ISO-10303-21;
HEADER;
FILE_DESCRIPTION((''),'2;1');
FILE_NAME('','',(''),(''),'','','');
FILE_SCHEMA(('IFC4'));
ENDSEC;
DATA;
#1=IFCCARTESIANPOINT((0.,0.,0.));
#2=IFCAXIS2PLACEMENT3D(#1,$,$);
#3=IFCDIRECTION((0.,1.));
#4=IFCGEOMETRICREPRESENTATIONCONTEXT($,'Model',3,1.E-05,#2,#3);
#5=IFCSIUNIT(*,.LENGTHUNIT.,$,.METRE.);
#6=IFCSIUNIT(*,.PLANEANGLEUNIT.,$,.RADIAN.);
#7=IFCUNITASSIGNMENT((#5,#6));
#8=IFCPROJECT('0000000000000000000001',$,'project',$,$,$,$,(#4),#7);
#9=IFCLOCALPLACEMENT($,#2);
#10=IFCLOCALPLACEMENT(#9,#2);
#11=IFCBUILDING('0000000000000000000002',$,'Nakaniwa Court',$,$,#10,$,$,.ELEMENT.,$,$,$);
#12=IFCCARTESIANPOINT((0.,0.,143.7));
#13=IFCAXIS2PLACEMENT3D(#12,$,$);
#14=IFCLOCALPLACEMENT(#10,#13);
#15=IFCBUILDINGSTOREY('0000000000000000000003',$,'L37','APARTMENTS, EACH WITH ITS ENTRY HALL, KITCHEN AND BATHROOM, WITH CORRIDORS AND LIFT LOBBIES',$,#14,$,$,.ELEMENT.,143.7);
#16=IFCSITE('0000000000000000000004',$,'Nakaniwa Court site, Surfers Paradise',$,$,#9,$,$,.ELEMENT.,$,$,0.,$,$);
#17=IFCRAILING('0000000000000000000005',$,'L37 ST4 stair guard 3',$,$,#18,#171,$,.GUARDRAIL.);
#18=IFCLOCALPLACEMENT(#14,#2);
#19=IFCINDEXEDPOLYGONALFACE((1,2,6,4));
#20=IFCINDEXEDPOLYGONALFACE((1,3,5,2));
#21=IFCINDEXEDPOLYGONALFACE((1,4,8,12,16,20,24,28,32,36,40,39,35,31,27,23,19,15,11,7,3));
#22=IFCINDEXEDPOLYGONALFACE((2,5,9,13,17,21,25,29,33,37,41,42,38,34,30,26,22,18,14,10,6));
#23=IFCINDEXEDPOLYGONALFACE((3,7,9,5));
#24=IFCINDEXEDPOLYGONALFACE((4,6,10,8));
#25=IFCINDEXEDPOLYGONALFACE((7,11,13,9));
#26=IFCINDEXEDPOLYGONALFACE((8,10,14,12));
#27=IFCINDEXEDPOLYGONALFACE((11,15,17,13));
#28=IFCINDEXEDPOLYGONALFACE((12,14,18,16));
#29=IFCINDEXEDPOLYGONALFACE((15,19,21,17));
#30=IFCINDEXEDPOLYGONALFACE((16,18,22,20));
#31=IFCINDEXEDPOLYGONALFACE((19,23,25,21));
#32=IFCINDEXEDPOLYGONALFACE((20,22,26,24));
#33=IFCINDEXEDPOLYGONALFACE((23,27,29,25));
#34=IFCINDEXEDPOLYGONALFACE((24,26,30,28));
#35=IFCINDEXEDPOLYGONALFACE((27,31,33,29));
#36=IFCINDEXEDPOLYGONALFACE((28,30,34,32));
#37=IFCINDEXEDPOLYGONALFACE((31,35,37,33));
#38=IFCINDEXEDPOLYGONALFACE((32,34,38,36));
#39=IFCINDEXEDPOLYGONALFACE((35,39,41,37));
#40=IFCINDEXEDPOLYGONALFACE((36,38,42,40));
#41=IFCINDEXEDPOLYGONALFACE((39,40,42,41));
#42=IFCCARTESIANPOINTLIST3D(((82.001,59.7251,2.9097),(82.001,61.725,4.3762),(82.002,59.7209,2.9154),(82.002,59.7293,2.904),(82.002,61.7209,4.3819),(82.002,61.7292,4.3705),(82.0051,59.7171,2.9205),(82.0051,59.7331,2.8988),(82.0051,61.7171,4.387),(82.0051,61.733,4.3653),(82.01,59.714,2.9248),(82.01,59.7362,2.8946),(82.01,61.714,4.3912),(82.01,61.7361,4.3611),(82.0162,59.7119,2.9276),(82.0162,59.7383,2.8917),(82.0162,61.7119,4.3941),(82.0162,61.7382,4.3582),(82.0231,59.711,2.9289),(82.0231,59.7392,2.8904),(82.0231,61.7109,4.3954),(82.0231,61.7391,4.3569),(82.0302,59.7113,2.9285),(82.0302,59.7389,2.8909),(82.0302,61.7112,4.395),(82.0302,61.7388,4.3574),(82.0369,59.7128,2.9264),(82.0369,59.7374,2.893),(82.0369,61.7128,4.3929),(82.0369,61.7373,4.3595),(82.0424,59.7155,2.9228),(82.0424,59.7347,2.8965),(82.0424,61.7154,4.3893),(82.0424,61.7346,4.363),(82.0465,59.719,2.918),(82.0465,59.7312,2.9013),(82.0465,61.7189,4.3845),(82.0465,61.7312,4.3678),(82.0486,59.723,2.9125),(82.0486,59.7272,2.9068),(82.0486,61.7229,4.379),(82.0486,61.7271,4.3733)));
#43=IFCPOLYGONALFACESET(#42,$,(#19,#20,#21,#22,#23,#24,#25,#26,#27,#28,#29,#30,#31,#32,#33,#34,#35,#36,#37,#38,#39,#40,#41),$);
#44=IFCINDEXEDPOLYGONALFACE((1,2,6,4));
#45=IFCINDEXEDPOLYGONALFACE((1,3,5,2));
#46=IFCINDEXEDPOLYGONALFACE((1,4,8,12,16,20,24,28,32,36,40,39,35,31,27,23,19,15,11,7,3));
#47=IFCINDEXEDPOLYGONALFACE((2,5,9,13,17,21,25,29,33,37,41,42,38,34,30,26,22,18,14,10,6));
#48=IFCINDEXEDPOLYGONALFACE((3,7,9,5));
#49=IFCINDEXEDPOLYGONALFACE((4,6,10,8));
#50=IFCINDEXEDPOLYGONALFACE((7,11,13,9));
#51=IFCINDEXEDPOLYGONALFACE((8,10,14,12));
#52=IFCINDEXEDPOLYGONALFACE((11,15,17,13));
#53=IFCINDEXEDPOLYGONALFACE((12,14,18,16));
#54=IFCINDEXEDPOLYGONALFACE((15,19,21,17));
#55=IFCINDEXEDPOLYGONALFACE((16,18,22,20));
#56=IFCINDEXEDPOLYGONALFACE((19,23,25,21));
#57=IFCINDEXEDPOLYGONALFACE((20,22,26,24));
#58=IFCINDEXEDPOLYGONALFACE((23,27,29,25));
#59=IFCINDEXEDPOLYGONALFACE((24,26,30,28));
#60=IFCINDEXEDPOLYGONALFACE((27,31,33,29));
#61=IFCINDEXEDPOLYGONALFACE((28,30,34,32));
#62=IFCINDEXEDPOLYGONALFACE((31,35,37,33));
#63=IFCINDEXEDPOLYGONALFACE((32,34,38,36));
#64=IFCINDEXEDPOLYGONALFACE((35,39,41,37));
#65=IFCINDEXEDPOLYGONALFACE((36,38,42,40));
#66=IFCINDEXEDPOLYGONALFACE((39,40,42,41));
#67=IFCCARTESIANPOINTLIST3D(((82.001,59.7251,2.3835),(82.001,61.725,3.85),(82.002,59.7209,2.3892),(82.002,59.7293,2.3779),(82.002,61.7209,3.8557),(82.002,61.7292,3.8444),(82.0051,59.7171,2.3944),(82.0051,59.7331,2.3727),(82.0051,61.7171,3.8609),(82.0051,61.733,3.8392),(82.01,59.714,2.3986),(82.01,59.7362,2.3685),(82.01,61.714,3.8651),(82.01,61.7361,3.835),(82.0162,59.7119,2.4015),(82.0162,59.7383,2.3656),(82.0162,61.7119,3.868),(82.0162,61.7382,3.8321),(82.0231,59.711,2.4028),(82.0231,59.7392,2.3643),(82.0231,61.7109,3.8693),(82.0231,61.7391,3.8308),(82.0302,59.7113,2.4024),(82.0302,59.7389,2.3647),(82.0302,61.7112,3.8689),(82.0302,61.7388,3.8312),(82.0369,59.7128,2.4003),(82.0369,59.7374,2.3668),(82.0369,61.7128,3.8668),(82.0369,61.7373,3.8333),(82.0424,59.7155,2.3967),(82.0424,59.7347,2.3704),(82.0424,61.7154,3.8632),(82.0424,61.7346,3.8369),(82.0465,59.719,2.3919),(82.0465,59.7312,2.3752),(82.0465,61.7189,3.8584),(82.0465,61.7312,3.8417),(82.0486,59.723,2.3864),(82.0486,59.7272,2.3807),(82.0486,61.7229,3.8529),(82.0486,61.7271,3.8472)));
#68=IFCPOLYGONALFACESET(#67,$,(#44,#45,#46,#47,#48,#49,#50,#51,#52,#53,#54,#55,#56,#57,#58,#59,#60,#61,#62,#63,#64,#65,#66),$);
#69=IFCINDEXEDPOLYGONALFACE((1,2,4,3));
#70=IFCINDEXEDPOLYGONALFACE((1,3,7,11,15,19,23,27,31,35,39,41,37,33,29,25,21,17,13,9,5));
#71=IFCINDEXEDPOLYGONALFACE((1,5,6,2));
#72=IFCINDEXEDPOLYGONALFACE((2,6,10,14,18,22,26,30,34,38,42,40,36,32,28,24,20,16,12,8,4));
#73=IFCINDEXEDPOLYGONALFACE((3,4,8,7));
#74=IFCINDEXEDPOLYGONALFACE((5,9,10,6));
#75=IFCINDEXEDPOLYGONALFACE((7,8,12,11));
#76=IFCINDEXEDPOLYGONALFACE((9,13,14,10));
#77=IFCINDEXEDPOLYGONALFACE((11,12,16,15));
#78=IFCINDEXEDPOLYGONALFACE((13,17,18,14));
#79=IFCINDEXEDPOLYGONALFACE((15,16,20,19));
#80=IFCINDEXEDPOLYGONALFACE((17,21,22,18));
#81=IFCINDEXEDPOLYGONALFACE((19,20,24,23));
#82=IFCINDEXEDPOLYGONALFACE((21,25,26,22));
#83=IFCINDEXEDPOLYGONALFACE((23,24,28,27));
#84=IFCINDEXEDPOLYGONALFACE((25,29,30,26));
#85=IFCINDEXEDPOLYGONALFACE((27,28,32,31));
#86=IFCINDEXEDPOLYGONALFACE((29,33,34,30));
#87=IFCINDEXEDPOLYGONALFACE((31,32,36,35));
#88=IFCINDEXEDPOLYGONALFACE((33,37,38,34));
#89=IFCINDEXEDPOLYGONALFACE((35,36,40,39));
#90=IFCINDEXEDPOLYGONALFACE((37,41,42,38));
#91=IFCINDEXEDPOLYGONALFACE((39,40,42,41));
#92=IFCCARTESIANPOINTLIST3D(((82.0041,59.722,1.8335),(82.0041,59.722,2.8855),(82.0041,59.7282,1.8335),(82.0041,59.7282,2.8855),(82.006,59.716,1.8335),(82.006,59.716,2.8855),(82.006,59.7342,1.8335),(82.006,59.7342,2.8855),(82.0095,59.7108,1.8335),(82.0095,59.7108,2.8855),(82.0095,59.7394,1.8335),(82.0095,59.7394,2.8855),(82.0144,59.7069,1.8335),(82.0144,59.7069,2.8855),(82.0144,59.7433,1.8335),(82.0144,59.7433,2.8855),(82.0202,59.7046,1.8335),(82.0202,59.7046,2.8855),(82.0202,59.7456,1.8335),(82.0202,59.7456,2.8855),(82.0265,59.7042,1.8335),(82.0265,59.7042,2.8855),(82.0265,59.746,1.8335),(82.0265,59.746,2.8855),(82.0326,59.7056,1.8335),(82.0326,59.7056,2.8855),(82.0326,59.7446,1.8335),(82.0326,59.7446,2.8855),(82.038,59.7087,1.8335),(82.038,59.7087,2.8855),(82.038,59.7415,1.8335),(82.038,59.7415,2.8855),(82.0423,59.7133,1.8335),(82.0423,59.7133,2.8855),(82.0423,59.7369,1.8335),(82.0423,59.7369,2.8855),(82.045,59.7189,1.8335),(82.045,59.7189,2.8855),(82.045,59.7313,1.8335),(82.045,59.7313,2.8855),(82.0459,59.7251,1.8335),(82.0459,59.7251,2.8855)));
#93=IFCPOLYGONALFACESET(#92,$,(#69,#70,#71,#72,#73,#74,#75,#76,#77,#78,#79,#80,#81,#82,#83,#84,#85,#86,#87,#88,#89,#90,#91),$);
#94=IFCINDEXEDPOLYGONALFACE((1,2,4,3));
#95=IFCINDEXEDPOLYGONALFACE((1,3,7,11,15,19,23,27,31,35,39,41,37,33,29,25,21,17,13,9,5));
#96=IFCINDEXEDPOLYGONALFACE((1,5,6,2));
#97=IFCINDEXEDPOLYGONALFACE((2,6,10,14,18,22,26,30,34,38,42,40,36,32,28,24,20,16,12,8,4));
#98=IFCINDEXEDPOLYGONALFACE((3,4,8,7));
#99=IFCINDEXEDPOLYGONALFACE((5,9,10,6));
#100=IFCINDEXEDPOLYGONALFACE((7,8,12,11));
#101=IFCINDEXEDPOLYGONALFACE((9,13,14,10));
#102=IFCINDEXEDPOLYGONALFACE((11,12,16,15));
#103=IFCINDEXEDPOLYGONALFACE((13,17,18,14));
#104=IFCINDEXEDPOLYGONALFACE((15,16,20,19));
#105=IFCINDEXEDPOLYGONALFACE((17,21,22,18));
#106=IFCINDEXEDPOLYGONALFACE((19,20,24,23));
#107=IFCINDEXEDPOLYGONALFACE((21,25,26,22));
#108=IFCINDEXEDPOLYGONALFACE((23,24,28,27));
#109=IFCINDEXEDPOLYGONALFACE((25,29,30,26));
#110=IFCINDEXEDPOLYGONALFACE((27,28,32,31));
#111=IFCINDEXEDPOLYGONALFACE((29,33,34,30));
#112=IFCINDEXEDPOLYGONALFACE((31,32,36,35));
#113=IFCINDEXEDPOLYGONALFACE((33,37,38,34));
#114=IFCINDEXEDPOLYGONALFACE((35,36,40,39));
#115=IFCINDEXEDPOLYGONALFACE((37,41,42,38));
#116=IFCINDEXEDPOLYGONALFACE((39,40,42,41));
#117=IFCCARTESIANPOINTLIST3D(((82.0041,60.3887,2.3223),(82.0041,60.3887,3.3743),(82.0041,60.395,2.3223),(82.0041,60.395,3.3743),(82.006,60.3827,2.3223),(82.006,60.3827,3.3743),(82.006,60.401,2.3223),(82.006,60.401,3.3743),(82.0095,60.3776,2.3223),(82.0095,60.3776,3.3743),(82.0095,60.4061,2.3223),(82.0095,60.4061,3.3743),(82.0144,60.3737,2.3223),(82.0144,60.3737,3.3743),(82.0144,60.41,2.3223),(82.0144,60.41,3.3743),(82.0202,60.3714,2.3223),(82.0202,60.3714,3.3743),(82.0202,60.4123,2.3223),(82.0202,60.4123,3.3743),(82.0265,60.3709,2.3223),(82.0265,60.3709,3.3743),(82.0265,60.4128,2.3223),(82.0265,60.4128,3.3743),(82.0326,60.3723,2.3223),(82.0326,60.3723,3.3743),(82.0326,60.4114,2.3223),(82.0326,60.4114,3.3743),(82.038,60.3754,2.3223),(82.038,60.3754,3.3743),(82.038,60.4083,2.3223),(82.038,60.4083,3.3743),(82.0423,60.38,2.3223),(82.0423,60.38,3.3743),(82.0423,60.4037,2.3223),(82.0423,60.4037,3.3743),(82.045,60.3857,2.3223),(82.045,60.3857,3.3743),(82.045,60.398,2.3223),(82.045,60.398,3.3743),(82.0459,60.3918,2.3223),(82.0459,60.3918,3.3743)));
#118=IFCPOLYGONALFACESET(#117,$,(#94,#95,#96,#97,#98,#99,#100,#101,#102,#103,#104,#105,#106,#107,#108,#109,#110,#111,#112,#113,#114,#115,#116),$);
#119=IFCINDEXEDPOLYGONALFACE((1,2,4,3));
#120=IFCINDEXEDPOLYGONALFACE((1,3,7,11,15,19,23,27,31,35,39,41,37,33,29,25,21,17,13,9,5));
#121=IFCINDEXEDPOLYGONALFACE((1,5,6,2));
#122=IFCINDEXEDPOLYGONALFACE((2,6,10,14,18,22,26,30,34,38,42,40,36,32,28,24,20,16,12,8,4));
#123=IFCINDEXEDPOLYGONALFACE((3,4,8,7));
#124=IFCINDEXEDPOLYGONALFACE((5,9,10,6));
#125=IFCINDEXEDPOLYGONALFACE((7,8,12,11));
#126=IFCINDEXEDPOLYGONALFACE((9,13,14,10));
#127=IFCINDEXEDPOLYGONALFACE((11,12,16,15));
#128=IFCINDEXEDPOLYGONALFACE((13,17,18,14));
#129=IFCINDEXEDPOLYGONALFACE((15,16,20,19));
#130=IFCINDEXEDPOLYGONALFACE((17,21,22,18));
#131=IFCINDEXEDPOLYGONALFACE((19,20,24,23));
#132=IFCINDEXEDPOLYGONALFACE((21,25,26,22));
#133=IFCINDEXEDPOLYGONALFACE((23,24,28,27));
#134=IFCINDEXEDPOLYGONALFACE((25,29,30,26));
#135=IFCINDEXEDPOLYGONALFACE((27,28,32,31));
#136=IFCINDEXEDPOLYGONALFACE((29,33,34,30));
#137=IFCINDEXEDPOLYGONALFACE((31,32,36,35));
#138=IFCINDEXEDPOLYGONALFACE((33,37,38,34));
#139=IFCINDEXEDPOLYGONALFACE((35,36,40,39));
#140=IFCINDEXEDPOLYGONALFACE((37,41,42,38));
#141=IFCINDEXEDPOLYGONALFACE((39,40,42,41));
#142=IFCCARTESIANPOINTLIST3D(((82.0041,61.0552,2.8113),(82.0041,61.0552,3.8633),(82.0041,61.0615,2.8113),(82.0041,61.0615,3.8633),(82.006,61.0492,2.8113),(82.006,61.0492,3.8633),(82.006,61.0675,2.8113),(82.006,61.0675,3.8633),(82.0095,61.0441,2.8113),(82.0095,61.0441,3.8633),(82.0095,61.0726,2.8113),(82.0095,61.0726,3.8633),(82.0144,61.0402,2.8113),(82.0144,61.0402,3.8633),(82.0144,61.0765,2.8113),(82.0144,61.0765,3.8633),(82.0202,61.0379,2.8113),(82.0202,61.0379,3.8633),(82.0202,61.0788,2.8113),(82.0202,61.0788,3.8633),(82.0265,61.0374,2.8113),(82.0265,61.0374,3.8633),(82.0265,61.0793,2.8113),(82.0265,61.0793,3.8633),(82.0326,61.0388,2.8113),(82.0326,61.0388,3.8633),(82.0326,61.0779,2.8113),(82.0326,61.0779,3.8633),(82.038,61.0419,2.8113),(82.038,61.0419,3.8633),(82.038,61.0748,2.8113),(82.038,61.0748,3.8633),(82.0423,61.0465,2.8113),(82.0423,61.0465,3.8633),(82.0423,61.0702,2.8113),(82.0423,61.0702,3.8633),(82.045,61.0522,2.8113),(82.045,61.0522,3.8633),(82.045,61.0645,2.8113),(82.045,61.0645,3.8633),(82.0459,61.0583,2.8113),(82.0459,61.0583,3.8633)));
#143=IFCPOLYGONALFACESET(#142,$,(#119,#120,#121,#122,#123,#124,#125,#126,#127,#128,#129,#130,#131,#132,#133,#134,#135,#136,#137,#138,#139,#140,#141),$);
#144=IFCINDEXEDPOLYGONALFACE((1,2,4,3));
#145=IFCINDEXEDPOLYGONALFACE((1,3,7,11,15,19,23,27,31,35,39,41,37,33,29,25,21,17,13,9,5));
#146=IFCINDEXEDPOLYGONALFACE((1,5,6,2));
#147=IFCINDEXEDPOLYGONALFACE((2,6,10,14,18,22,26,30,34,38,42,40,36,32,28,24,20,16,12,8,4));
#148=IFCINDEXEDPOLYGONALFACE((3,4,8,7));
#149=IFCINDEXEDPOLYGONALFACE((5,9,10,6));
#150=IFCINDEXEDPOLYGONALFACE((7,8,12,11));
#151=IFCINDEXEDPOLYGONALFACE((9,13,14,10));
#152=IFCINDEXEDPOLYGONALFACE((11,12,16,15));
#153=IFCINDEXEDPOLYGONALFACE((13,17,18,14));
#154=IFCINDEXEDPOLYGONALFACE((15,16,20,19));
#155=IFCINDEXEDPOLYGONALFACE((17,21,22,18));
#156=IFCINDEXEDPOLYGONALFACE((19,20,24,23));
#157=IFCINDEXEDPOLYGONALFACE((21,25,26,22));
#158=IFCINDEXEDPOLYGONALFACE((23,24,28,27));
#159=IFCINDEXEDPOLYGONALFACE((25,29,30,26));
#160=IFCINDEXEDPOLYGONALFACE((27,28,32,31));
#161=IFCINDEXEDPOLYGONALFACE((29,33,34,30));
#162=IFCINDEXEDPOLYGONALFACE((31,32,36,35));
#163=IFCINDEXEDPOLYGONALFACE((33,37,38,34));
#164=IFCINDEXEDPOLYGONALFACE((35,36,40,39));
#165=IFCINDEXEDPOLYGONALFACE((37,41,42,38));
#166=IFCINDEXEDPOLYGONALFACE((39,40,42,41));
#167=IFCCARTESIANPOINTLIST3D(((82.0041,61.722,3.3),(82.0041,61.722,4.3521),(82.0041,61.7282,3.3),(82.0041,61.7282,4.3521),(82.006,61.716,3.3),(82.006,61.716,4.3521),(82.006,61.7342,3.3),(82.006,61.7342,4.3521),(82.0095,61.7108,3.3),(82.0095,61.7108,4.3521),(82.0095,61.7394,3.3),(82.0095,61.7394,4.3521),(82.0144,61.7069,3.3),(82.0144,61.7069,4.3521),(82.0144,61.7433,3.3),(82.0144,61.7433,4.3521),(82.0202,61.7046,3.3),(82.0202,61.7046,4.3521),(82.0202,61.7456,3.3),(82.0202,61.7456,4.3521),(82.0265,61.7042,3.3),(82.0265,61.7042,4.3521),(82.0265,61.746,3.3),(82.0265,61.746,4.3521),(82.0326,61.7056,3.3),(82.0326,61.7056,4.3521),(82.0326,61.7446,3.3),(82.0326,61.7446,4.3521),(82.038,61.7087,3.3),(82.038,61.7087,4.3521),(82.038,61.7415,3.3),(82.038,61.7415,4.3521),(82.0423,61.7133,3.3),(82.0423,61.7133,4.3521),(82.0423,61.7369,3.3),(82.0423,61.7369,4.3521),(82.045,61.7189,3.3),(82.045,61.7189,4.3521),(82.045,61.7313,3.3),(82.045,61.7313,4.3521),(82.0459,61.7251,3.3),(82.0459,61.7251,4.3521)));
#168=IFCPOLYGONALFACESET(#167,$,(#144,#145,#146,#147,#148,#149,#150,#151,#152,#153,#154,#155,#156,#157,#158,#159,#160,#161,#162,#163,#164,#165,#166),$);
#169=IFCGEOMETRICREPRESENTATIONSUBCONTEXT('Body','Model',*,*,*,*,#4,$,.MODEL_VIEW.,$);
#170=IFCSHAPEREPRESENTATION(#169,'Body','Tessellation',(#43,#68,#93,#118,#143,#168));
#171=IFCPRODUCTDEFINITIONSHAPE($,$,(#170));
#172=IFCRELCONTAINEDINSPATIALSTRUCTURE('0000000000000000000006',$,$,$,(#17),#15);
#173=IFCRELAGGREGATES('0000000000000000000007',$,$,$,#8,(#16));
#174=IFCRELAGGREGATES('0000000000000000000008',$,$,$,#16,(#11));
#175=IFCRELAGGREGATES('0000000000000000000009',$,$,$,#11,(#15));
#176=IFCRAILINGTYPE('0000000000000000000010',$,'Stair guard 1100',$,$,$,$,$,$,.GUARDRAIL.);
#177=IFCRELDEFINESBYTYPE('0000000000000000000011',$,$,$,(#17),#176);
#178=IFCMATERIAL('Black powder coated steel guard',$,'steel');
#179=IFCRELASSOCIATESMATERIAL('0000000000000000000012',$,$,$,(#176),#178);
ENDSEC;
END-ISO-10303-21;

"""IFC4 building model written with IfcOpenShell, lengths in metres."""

from ifc_helpers import new_model, si_unit, direction, frame, origin, origin_2d, place, context, subcontext, project, spatial, circle, extrude, material, type_object, element, save


model = new_model("IFC4")

# Units and contexts
model_context = context("Model", 3, precision=1e-05, world=origin(), true_north=direction((0.0, 1.0)))
body_context = subcontext(model_context, "Body", "Model", "MODEL_VIEW")
ifc_project = project(units=[si_unit("LENGTHUNIT", "METRE"), si_unit("PLANEANGLEUNIT", "RADIAN")], contexts=[model_context])

# Site, building, storey
site_placement = place(None, origin())
site = spatial("IfcSite", under=ifc_project, at=site_placement, Name="Nakaniwa Court site, Surfers Paradise", CompositionType="ELEMENT", RefElevation=0.0)
building_placement = place(site_placement, origin())
building = spatial("IfcBuilding", under=site, at=building_placement, Name="Nakaniwa Court", CompositionType="ELEMENT")
storey_placement = place(building_placement, frame((0.0, 0.0, 143.7)))
storey = spatial("IfcBuildingStorey", under=building, at=storey_placement, Name="L37", Description="APARTMENTS, EACH WITH ITS ENTRY HALL, KITCHEN AND BATHROOM, WITH CORRIDORS AND LIFT LOBBIES", CompositionType="ELEMENT", Elevation=143.7)

# Railing
ifc_material_1 = material(Name="Black powder coated steel guard", Category="steel")
railing_type_1 = type_object("IfcRailingType", Name="Stair guard 1100", PredefinedType="GUARDRAIL", material=ifc_material_1)
railing_1_placement = place(storey_placement, frame((82.0249, 59.7251, 1.8335)))
element("IfcRailing", 1, at=railing_1_placement, inside=storey, type_object=railing_type_1, Name="L37 ST4 stair guard 3", PredefinedType="GUARDRAIL", context=body_context, shape_type="SweptSolid", body=[
    extrude(circle(Radius=0.0239, at=origin_2d()), frame((0.0, 0.0, 1.0762), z_axis=(0.0, 0.806427, 0.591334), x_axis=(-1.0, 0.0, 0.0)), (0.0, 0.0, 1.0), 2.48),
    extrude(circle(Radius=0.0239, at=origin_2d()), frame((0.0, 0.0, 0.55), z_axis=(0.0, 0.806427, 0.591334), x_axis=(-1.0, 0.0, 0.0)), (0.0, 0.0, 1.0), 2.48),
    extrude(circle(Radius=0.021, at=origin_2d()), origin(), (0.0, 0.0, 1.0), 1.052),
    extrude(circle(Radius=0.021, at=origin_2d()), frame((0.0, 0.6667, 0.4888)), (0.0, 0.0, 1.0), 1.052),
    extrude(circle(Radius=0.021, at=origin_2d()), frame((0.0, 1.3333, 0.9778)), (0.0, 0.0, 1.0), 1.052),
    extrude(circle(Radius=0.021, at=origin_2d()), frame((0.0, 2.0, 1.4666)), (0.0, 0.0, 1.0), 1.052),
])

save(model, "model.ifc")
